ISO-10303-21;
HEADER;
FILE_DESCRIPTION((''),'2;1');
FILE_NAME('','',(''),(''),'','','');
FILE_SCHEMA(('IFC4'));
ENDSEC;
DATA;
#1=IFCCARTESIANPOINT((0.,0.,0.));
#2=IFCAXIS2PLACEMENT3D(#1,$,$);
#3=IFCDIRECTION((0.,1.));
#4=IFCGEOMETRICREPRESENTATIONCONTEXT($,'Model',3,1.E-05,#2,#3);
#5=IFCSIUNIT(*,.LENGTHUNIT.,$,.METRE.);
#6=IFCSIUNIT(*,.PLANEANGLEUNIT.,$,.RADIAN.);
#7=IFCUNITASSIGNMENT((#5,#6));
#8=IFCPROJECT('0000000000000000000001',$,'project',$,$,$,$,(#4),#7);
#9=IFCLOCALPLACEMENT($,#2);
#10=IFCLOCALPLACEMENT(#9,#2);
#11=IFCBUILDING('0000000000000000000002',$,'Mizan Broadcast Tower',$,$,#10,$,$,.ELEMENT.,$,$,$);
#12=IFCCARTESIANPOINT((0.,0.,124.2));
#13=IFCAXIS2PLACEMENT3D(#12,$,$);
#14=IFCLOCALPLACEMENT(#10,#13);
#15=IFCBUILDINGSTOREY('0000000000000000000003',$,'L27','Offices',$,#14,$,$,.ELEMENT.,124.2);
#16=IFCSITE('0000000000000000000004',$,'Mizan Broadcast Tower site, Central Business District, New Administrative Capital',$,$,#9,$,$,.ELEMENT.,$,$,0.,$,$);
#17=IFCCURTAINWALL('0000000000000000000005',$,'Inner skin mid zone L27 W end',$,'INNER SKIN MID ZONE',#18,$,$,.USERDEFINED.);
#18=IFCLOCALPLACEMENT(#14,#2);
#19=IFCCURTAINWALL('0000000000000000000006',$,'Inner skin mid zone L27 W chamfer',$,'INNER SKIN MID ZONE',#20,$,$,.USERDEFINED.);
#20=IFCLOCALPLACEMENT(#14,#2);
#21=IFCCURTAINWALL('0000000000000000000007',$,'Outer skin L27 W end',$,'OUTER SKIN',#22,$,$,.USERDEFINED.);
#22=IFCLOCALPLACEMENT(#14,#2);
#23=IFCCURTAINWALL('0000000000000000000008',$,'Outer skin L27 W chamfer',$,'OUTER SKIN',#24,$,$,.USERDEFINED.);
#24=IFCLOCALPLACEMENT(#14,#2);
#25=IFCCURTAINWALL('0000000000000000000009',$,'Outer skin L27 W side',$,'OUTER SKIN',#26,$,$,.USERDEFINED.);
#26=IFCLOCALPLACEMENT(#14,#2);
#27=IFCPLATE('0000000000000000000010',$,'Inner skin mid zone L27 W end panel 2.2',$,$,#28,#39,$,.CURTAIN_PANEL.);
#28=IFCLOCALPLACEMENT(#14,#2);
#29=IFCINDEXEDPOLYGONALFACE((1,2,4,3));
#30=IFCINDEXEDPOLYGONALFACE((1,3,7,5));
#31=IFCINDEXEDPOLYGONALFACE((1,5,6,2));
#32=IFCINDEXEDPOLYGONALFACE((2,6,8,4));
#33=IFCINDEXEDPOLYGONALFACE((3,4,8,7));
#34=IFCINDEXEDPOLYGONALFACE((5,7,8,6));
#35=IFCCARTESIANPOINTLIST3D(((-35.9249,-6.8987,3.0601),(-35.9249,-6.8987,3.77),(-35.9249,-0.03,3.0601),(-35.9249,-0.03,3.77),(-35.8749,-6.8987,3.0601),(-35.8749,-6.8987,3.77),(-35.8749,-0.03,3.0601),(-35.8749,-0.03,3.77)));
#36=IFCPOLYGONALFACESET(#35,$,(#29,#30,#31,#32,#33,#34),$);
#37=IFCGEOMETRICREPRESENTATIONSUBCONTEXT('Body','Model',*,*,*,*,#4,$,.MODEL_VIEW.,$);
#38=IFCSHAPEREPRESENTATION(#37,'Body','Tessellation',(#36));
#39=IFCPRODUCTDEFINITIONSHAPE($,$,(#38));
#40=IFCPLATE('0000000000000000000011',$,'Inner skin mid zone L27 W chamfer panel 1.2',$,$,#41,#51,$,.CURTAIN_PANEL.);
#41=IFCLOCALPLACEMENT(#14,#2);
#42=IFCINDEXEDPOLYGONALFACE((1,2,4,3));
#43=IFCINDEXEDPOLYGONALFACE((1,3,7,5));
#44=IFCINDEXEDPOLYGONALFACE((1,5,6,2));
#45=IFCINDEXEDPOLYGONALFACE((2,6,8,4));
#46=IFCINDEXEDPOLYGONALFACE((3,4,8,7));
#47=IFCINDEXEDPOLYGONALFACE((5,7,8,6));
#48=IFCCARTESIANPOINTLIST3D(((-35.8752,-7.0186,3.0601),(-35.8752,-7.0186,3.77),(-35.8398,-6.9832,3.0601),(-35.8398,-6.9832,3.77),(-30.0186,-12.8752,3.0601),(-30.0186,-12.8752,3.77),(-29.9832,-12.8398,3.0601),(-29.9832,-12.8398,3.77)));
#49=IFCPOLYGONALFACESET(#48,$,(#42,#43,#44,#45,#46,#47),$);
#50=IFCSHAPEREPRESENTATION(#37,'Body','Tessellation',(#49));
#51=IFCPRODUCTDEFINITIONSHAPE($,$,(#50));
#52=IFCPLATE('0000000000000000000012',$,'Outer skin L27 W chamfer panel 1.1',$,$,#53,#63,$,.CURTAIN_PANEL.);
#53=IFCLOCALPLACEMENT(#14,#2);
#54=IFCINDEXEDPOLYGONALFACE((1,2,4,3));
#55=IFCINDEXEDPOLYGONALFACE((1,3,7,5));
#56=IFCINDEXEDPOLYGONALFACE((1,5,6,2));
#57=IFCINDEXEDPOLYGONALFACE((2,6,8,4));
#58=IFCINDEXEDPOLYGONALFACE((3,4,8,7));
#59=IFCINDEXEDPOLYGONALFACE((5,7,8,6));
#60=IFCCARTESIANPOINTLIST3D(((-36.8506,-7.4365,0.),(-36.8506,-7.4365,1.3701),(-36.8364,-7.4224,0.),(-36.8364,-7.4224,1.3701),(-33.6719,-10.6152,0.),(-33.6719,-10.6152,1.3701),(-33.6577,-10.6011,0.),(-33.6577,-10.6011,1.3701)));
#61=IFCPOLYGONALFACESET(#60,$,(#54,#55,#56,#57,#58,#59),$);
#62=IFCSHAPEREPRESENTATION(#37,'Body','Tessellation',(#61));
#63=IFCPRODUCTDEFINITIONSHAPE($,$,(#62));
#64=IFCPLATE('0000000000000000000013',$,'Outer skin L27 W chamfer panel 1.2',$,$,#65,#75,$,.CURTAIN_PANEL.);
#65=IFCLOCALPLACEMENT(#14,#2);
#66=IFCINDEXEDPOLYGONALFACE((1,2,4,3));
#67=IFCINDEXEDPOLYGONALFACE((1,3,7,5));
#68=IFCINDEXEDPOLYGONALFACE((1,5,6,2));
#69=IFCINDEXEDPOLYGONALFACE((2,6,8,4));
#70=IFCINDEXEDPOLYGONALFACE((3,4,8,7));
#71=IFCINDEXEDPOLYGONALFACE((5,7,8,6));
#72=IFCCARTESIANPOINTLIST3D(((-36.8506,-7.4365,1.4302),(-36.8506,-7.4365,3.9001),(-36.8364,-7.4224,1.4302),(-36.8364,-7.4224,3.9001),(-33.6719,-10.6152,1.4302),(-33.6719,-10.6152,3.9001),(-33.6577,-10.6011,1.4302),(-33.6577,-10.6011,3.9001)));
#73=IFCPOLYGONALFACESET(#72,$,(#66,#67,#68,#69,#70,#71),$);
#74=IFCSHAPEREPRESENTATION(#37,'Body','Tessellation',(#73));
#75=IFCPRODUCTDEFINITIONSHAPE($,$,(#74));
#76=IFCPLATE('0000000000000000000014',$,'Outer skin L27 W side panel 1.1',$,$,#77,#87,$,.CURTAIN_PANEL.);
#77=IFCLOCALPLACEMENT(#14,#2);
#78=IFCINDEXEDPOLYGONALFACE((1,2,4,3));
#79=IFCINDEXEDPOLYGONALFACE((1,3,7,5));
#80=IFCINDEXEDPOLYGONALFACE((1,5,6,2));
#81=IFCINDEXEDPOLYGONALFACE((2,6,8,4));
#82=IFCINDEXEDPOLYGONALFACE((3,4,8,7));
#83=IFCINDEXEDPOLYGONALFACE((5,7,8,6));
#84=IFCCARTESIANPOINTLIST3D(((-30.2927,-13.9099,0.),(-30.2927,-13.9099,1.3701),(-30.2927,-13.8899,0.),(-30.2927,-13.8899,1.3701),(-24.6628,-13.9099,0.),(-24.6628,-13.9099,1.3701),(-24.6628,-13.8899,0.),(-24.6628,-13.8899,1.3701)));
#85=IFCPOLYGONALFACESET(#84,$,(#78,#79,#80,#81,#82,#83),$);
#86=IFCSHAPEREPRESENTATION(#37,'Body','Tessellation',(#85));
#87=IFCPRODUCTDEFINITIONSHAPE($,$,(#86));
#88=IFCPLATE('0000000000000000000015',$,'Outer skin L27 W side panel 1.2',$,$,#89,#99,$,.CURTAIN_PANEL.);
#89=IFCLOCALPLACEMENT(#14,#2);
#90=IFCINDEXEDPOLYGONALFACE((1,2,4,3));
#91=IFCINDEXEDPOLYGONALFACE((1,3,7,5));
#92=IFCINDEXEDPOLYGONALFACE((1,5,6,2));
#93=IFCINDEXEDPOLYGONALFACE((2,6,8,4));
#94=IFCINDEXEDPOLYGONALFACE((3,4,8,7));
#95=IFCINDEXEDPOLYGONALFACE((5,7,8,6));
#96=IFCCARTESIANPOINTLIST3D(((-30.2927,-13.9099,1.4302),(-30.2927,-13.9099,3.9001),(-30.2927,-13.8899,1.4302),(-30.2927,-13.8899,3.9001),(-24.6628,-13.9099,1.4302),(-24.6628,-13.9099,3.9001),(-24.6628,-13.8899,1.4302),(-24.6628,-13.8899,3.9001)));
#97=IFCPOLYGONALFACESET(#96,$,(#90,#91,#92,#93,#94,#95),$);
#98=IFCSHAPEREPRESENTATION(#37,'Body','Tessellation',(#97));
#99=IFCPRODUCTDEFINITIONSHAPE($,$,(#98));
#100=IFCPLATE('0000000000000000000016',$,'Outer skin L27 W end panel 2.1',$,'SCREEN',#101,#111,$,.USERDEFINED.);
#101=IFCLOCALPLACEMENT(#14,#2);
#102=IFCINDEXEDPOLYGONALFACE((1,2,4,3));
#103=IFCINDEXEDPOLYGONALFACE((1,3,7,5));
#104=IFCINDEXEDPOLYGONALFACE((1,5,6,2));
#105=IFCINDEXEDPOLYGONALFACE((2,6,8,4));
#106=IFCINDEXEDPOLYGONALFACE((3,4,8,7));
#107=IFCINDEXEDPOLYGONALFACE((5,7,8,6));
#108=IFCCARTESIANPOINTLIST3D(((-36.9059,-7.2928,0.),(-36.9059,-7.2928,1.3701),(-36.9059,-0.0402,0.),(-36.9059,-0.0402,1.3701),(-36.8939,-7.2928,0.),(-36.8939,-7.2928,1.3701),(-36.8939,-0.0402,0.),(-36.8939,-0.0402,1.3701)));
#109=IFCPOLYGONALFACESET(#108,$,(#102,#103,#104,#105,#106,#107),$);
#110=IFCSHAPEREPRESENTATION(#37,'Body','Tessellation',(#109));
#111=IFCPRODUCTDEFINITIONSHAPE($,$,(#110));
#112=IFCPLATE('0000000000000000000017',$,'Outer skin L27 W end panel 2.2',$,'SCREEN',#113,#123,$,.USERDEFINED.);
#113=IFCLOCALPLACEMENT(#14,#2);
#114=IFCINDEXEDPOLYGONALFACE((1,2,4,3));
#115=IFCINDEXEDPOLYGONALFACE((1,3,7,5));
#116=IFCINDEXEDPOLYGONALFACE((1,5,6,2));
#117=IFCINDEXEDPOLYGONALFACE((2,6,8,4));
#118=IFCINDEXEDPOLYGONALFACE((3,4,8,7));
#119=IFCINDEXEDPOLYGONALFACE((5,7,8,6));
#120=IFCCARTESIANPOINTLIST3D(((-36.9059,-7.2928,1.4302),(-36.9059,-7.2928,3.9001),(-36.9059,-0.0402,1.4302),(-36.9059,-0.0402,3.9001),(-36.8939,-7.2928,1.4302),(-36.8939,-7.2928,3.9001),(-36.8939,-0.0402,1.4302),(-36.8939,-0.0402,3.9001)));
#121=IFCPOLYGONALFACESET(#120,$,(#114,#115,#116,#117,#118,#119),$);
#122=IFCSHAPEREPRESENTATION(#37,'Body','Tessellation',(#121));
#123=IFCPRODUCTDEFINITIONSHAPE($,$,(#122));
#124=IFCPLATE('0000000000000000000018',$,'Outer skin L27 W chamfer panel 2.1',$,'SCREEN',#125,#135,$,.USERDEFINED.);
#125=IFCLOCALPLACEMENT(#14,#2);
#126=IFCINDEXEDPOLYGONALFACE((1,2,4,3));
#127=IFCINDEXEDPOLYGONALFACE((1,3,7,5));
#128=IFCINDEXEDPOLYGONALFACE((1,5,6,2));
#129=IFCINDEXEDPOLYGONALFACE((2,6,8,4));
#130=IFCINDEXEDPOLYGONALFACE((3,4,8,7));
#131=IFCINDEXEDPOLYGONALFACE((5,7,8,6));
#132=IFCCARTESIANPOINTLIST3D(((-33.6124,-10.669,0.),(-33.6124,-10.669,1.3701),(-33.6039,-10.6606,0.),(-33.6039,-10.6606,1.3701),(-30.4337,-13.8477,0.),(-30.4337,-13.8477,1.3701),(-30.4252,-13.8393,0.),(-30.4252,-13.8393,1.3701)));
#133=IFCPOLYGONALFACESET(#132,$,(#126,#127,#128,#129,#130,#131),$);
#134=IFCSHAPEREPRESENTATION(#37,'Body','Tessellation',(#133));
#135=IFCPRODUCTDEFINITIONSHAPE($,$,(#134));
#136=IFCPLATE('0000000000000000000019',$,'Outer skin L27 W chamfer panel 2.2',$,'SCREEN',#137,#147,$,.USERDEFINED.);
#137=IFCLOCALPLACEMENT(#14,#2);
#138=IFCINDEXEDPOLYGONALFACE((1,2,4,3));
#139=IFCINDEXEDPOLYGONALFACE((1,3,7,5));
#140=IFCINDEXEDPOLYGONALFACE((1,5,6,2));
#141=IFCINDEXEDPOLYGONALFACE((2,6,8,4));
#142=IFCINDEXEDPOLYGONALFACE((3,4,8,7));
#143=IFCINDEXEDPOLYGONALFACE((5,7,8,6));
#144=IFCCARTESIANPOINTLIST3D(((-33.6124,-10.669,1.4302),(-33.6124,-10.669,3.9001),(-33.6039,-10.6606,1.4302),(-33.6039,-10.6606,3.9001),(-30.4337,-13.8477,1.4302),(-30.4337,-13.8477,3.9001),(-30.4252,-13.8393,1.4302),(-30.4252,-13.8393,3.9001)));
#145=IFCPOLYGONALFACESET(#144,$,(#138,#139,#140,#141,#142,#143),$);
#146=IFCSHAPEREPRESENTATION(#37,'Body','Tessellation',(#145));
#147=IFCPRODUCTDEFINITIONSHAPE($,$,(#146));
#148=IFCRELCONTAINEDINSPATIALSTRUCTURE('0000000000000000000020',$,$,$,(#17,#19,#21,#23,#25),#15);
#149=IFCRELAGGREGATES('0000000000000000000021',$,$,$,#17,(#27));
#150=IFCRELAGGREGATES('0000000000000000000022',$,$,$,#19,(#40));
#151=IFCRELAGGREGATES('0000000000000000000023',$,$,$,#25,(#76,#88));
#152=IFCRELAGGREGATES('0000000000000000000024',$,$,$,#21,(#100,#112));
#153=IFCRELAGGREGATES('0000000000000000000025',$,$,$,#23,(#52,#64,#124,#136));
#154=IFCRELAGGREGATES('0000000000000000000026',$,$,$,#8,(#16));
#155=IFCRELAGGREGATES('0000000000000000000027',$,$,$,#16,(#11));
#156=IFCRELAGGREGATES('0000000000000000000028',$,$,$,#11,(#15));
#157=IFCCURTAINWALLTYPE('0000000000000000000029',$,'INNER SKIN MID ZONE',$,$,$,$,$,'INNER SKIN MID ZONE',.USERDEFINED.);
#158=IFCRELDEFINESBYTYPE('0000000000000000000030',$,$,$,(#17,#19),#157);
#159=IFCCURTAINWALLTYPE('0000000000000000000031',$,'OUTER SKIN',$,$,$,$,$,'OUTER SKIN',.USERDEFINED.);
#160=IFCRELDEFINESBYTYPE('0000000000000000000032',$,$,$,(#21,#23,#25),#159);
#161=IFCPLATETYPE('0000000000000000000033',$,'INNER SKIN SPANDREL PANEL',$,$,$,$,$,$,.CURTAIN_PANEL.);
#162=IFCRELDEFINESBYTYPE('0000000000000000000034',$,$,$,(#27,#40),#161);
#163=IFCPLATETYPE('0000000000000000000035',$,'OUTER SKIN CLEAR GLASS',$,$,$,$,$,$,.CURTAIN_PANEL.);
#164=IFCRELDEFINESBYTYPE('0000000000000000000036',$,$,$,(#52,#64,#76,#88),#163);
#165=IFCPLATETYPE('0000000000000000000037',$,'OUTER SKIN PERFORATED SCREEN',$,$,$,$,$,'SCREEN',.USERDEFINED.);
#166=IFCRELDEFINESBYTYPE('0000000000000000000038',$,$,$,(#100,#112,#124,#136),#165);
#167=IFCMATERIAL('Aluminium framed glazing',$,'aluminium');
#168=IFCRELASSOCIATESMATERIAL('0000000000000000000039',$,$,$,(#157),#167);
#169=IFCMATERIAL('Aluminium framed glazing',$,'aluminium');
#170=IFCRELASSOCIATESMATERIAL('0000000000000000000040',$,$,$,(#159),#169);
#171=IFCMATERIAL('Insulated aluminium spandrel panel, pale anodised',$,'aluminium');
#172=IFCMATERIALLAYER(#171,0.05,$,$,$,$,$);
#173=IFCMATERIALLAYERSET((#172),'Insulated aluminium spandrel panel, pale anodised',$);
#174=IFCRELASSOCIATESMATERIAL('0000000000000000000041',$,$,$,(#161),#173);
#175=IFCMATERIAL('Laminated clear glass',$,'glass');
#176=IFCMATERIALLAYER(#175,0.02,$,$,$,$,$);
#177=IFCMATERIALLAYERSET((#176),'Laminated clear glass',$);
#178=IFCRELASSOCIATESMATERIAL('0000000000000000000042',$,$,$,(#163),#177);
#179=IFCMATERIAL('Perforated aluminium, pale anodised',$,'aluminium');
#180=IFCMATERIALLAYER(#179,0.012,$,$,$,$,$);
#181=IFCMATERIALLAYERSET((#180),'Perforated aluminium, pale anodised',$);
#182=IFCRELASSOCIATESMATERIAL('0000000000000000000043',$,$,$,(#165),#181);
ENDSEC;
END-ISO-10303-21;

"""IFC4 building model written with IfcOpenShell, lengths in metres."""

from ifc_helpers import new_model, si_unit, direction, frame, origin, origin_2d, place, context, subcontext, project, spatial, rectangle, extrude, material, layer, layer_set, type_object, element, aggregate, save


model = new_model("IFC4")

# Units and contexts
model_context = context("Model", 3, precision=1e-05, world=origin(), true_north=direction((0.0, 1.0)))
body_context = subcontext(model_context, "Body", "Model", "MODEL_VIEW")
ifc_project = project(units=[si_unit("LENGTHUNIT", "METRE"), si_unit("PLANEANGLEUNIT", "RADIAN")], contexts=[model_context])

# Site, building, storey
site_placement = place(None, origin())
site = spatial("IfcSite", under=ifc_project, at=site_placement, Name="Mizan Broadcast Tower site, Central Business District, New Administrative Capital", CompositionType="ELEMENT", RefElevation=0.0)
building_placement = place(site_placement, origin())
building = spatial("IfcBuilding", under=site, at=building_placement, Name="Mizan Broadcast Tower", CompositionType="ELEMENT")
storey_placement = place(building_placement, frame((0.0, 0.0, 124.2)))
storey = spatial("IfcBuildingStorey", under=building, at=storey_placement, Name="L27", Description="Offices", CompositionType="ELEMENT", Elevation=124.2)

# Curtain wall
ifc_material_1 = material(Name="Aluminium framed glazing", Category="aluminium")
curtain_wall_type_1 = type_object("IfcCurtainWallType", Name="INNER SKIN MID ZONE", ElementType="INNER SKIN MID ZONE", PredefinedType="USERDEFINED", material=ifc_material_1)
curtain_wall_1_placement = place(storey_placement, origin())
curtain_wall_1 = element("IfcCurtainWall", 1, at=curtain_wall_1_placement, inside=storey, type_object=curtain_wall_type_1, Name="Inner skin mid zone L27 W end", ObjectType="INNER SKIN MID ZONE", PredefinedType="USERDEFINED")

# Curtain wall
curtain_wall_2_placement = place(storey_placement, origin())
curtain_wall_2 = element("IfcCurtainWall", 2, at=curtain_wall_2_placement, inside=storey, type_object=curtain_wall_type_1, Name="Inner skin mid zone L27 W chamfer", ObjectType="INNER SKIN MID ZONE", PredefinedType="USERDEFINED")

# Curtain walls
ifc_material_2 = material(Name="Aluminium framed glazing", Category="aluminium")
curtain_wall_type_2 = type_object("IfcCurtainWallType", Name="OUTER SKIN", ElementType="OUTER SKIN", PredefinedType="USERDEFINED", material=ifc_material_2)
curtain_wall_3_placement = place(storey_placement, origin())
curtain_wall_3 = element("IfcCurtainWall", 3, at=curtain_wall_3_placement, inside=storey, type_object=curtain_wall_type_2, Name="Outer skin L27 W end", ObjectType="OUTER SKIN", PredefinedType="USERDEFINED")
curtain_wall_4_placement = place(storey_placement, origin())
curtain_wall_4 = element("IfcCurtainWall", 4, at=curtain_wall_4_placement, inside=storey, type_object=curtain_wall_type_2, Name="Outer skin L27 W chamfer", ObjectType="OUTER SKIN", PredefinedType="USERDEFINED")

# Curtain wall
curtain_wall_5_placement = place(storey_placement, origin())
curtain_wall_5 = element("IfcCurtainWall", 5, at=curtain_wall_5_placement, inside=storey, type_object=curtain_wall_type_2, Name="Outer skin L27 W side", ObjectType="OUTER SKIN", PredefinedType="USERDEFINED")

# Plates
ifc_material_3 = material(Name="Insulated aluminium spandrel panel, pale anodised", Category="aluminium")
ifc_layer_1 = layer(ifc_material_3, 0.05)
ifc_layer_set_1 = layer_set([ifc_layer_1], Name="Insulated aluminium spandrel panel, pale anodised")
plate_type_1 = type_object("IfcPlateType", Name="INNER SKIN SPANDREL PANEL", PredefinedType="CURTAIN_PANEL", material=ifc_layer_set_1)
plate_1_placement = place(storey_placement, frame((-35.8999, -3.4644, 3.0601), z_axis=(0.0, 0.0, 1.0), x_axis=(0.0, -1.0, 0.0)))
plate_1 = element("IfcPlate", 6, at=plate_1_placement, type_object=plate_type_1, Name="Inner skin mid zone L27 W end panel 2.2", PredefinedType="CURTAIN_PANEL", context=body_context, shape_type="SweptSolid", body=[
    extrude(rectangle(XDim=6.8687, YDim=0.05, at=origin_2d()), origin(), (0.0, 0.0, 1.0), 0.71),
])
aggregate(curtain_wall_1, [plate_1])
plate_2_placement = place(storey_placement, frame((-32.9292, -9.9292, 3.0601), z_axis=(0.0, 0.0, 1.0), x_axis=(0.707107, -0.707107, 0.0)))
plate_2 = element("IfcPlate", 7, at=plate_2_placement, type_object=plate_type_1, Name="Inner skin mid zone L27 W chamfer panel 1.2", PredefinedType="CURTAIN_PANEL", context=body_context, shape_type="SweptSolid", body=[
    extrude(rectangle(XDim=8.2825, YDim=0.05, at=origin_2d()), origin(), (0.0, 0.0, 1.0), 0.71),
])
aggregate(curtain_wall_2, [plate_2])
ifc_material_4 = material(Name="Laminated clear glass", Category="glass")
ifc_layer_2 = layer(ifc_material_4, 0.02)
ifc_layer_set_2 = layer_set([ifc_layer_2], Name="Laminated clear glass")
plate_type_2 = type_object("IfcPlateType", Name="OUTER SKIN CLEAR GLASS", PredefinedType="CURTAIN_PANEL", material=ifc_layer_set_2)
plate_3_placement = place(storey_placement, frame((-35.2542, -9.0188, 0.0), z_axis=(0.0, 0.0, 1.0), x_axis=(0.707107, -0.707107, 0.0)))
plate_3 = element("IfcPlate", 8, at=plate_3_placement, type_object=plate_type_2, Name="Outer skin L27 W chamfer panel 1.1", PredefinedType="CURTAIN_PANEL", context=body_context, shape_type="SweptSolid", body=[
    extrude(rectangle(XDim=4.4954, YDim=0.02, at=origin_2d()), origin(), (0.0, 0.0, 1.0), 1.3701),
])
plate_4_placement = place(storey_placement, frame((-35.2542, -9.0188, 1.4302), z_axis=(0.0, 0.0, 1.0), x_axis=(0.707107, -0.707107, 0.0)))
plate_4 = element("IfcPlate", 9, at=plate_4_placement, type_object=plate_type_2, Name="Outer skin L27 W chamfer panel 1.2", PredefinedType="CURTAIN_PANEL", context=body_context, shape_type="SweptSolid", body=[
    extrude(rectangle(XDim=4.4954, YDim=0.02, at=origin_2d()), origin(), (0.0, 0.0, 1.0), 2.47),
])
plate_5_placement = place(storey_placement, frame((-27.4778, -13.8999, 0.0), z_axis=(0.0, 0.0, 1.0), x_axis=(1.0, 0.0, 0.0)))
plate_5 = element("IfcPlate", 10, at=plate_5_placement, type_object=plate_type_2, Name="Outer skin L27 W side panel 1.1", PredefinedType="CURTAIN_PANEL", context=body_context, shape_type="SweptSolid", body=[
    extrude(rectangle(XDim=5.6299, YDim=0.02, at=origin_2d()), origin(), (0.0, 0.0, 1.0), 1.3701),
])
plate_6_placement = place(storey_placement, frame((-27.4778, -13.8999, 1.4302), z_axis=(0.0, 0.0, 1.0), x_axis=(1.0, 0.0, 0.0)))
plate_6 = element("IfcPlate", 11, at=plate_6_placement, type_object=plate_type_2, Name="Outer skin L27 W side panel 1.2", PredefinedType="CURTAIN_PANEL", context=body_context, shape_type="SweptSolid", body=[
    extrude(rectangle(XDim=5.6299, YDim=0.02, at=origin_2d()), origin(), (0.0, 0.0, 1.0), 2.47),
])
aggregate(curtain_wall_5, [plate_5, plate_6])
ifc_material_5 = material(Name="Perforated aluminium, pale anodised", Category="aluminium")
ifc_layer_3 = layer(ifc_material_5, 0.012)
ifc_layer_set_3 = layer_set([ifc_layer_3], Name="Perforated aluminium, pale anodised")
plate_type_3 = type_object("IfcPlateType", Name="OUTER SKIN PERFORATED SCREEN", ElementType="SCREEN", PredefinedType="USERDEFINED", material=ifc_layer_set_3)
plate_7_placement = place(storey_placement, frame((-36.8999, -3.6665, 0.0), z_axis=(0.0, 0.0, 1.0), x_axis=(0.0, -1.0, 0.0)))
plate_7 = element("IfcPlate", 12, at=plate_7_placement, type_object=plate_type_3, Name="Outer skin L27 W end panel 2.1", ObjectType="SCREEN", PredefinedType="USERDEFINED", context=body_context, shape_type="SweptSolid", body=[
    extrude(rectangle(XDim=7.2527, YDim=0.012, at=origin_2d()), origin(), (0.0, 0.0, 1.0), 1.3701),
])
plate_8_placement = place(storey_placement, frame((-36.8999, -3.6665, 1.4302), z_axis=(0.0, 0.0, 1.0), x_axis=(0.0, -1.0, 0.0)))
plate_8 = element("IfcPlate", 13, at=plate_8_placement, type_object=plate_type_3, Name="Outer skin L27 W end panel 2.2", ObjectType="SCREEN", PredefinedType="USERDEFINED", context=body_context, shape_type="SweptSolid", body=[
    extrude(rectangle(XDim=7.2527, YDim=0.012, at=origin_2d()), origin(), (0.0, 0.0, 1.0), 2.47),
])
aggregate(curtain_wall_3, [plate_7, plate_8])
plate_9_placement = place(storey_placement, frame((-32.0188, -12.2542, 0.0), z_axis=(0.0, 0.0, 1.0), x_axis=(0.707107, -0.707107, 0.0)))
plate_9 = element("IfcPlate", 14, at=plate_9_placement, type_object=plate_type_3, Name="Outer skin L27 W chamfer panel 2.1", ObjectType="SCREEN", PredefinedType="USERDEFINED", context=body_context, shape_type="SweptSolid", body=[
    extrude(rectangle(XDim=4.4954, YDim=0.012, at=origin_2d()), origin(), (0.0, 0.0, 1.0), 1.3701),
])
plate_10_placement = place(storey_placement, frame((-32.0188, -12.2542, 1.4302), z_axis=(0.0, 0.0, 1.0), x_axis=(0.707107, -0.707107, 0.0)))
plate_10 = element("IfcPlate", 15, at=plate_10_placement, type_object=plate_type_3, Name="Outer skin L27 W chamfer panel 2.2", ObjectType="SCREEN", PredefinedType="USERDEFINED", context=body_context, shape_type="SweptSolid", body=[
    extrude(rectangle(XDim=4.4954, YDim=0.012, at=origin_2d()), origin(), (0.0, 0.0, 1.0), 2.47),
])
aggregate(curtain_wall_4, [plate_3, plate_4, plate_9, plate_10])

save(model, "model.ifc")
